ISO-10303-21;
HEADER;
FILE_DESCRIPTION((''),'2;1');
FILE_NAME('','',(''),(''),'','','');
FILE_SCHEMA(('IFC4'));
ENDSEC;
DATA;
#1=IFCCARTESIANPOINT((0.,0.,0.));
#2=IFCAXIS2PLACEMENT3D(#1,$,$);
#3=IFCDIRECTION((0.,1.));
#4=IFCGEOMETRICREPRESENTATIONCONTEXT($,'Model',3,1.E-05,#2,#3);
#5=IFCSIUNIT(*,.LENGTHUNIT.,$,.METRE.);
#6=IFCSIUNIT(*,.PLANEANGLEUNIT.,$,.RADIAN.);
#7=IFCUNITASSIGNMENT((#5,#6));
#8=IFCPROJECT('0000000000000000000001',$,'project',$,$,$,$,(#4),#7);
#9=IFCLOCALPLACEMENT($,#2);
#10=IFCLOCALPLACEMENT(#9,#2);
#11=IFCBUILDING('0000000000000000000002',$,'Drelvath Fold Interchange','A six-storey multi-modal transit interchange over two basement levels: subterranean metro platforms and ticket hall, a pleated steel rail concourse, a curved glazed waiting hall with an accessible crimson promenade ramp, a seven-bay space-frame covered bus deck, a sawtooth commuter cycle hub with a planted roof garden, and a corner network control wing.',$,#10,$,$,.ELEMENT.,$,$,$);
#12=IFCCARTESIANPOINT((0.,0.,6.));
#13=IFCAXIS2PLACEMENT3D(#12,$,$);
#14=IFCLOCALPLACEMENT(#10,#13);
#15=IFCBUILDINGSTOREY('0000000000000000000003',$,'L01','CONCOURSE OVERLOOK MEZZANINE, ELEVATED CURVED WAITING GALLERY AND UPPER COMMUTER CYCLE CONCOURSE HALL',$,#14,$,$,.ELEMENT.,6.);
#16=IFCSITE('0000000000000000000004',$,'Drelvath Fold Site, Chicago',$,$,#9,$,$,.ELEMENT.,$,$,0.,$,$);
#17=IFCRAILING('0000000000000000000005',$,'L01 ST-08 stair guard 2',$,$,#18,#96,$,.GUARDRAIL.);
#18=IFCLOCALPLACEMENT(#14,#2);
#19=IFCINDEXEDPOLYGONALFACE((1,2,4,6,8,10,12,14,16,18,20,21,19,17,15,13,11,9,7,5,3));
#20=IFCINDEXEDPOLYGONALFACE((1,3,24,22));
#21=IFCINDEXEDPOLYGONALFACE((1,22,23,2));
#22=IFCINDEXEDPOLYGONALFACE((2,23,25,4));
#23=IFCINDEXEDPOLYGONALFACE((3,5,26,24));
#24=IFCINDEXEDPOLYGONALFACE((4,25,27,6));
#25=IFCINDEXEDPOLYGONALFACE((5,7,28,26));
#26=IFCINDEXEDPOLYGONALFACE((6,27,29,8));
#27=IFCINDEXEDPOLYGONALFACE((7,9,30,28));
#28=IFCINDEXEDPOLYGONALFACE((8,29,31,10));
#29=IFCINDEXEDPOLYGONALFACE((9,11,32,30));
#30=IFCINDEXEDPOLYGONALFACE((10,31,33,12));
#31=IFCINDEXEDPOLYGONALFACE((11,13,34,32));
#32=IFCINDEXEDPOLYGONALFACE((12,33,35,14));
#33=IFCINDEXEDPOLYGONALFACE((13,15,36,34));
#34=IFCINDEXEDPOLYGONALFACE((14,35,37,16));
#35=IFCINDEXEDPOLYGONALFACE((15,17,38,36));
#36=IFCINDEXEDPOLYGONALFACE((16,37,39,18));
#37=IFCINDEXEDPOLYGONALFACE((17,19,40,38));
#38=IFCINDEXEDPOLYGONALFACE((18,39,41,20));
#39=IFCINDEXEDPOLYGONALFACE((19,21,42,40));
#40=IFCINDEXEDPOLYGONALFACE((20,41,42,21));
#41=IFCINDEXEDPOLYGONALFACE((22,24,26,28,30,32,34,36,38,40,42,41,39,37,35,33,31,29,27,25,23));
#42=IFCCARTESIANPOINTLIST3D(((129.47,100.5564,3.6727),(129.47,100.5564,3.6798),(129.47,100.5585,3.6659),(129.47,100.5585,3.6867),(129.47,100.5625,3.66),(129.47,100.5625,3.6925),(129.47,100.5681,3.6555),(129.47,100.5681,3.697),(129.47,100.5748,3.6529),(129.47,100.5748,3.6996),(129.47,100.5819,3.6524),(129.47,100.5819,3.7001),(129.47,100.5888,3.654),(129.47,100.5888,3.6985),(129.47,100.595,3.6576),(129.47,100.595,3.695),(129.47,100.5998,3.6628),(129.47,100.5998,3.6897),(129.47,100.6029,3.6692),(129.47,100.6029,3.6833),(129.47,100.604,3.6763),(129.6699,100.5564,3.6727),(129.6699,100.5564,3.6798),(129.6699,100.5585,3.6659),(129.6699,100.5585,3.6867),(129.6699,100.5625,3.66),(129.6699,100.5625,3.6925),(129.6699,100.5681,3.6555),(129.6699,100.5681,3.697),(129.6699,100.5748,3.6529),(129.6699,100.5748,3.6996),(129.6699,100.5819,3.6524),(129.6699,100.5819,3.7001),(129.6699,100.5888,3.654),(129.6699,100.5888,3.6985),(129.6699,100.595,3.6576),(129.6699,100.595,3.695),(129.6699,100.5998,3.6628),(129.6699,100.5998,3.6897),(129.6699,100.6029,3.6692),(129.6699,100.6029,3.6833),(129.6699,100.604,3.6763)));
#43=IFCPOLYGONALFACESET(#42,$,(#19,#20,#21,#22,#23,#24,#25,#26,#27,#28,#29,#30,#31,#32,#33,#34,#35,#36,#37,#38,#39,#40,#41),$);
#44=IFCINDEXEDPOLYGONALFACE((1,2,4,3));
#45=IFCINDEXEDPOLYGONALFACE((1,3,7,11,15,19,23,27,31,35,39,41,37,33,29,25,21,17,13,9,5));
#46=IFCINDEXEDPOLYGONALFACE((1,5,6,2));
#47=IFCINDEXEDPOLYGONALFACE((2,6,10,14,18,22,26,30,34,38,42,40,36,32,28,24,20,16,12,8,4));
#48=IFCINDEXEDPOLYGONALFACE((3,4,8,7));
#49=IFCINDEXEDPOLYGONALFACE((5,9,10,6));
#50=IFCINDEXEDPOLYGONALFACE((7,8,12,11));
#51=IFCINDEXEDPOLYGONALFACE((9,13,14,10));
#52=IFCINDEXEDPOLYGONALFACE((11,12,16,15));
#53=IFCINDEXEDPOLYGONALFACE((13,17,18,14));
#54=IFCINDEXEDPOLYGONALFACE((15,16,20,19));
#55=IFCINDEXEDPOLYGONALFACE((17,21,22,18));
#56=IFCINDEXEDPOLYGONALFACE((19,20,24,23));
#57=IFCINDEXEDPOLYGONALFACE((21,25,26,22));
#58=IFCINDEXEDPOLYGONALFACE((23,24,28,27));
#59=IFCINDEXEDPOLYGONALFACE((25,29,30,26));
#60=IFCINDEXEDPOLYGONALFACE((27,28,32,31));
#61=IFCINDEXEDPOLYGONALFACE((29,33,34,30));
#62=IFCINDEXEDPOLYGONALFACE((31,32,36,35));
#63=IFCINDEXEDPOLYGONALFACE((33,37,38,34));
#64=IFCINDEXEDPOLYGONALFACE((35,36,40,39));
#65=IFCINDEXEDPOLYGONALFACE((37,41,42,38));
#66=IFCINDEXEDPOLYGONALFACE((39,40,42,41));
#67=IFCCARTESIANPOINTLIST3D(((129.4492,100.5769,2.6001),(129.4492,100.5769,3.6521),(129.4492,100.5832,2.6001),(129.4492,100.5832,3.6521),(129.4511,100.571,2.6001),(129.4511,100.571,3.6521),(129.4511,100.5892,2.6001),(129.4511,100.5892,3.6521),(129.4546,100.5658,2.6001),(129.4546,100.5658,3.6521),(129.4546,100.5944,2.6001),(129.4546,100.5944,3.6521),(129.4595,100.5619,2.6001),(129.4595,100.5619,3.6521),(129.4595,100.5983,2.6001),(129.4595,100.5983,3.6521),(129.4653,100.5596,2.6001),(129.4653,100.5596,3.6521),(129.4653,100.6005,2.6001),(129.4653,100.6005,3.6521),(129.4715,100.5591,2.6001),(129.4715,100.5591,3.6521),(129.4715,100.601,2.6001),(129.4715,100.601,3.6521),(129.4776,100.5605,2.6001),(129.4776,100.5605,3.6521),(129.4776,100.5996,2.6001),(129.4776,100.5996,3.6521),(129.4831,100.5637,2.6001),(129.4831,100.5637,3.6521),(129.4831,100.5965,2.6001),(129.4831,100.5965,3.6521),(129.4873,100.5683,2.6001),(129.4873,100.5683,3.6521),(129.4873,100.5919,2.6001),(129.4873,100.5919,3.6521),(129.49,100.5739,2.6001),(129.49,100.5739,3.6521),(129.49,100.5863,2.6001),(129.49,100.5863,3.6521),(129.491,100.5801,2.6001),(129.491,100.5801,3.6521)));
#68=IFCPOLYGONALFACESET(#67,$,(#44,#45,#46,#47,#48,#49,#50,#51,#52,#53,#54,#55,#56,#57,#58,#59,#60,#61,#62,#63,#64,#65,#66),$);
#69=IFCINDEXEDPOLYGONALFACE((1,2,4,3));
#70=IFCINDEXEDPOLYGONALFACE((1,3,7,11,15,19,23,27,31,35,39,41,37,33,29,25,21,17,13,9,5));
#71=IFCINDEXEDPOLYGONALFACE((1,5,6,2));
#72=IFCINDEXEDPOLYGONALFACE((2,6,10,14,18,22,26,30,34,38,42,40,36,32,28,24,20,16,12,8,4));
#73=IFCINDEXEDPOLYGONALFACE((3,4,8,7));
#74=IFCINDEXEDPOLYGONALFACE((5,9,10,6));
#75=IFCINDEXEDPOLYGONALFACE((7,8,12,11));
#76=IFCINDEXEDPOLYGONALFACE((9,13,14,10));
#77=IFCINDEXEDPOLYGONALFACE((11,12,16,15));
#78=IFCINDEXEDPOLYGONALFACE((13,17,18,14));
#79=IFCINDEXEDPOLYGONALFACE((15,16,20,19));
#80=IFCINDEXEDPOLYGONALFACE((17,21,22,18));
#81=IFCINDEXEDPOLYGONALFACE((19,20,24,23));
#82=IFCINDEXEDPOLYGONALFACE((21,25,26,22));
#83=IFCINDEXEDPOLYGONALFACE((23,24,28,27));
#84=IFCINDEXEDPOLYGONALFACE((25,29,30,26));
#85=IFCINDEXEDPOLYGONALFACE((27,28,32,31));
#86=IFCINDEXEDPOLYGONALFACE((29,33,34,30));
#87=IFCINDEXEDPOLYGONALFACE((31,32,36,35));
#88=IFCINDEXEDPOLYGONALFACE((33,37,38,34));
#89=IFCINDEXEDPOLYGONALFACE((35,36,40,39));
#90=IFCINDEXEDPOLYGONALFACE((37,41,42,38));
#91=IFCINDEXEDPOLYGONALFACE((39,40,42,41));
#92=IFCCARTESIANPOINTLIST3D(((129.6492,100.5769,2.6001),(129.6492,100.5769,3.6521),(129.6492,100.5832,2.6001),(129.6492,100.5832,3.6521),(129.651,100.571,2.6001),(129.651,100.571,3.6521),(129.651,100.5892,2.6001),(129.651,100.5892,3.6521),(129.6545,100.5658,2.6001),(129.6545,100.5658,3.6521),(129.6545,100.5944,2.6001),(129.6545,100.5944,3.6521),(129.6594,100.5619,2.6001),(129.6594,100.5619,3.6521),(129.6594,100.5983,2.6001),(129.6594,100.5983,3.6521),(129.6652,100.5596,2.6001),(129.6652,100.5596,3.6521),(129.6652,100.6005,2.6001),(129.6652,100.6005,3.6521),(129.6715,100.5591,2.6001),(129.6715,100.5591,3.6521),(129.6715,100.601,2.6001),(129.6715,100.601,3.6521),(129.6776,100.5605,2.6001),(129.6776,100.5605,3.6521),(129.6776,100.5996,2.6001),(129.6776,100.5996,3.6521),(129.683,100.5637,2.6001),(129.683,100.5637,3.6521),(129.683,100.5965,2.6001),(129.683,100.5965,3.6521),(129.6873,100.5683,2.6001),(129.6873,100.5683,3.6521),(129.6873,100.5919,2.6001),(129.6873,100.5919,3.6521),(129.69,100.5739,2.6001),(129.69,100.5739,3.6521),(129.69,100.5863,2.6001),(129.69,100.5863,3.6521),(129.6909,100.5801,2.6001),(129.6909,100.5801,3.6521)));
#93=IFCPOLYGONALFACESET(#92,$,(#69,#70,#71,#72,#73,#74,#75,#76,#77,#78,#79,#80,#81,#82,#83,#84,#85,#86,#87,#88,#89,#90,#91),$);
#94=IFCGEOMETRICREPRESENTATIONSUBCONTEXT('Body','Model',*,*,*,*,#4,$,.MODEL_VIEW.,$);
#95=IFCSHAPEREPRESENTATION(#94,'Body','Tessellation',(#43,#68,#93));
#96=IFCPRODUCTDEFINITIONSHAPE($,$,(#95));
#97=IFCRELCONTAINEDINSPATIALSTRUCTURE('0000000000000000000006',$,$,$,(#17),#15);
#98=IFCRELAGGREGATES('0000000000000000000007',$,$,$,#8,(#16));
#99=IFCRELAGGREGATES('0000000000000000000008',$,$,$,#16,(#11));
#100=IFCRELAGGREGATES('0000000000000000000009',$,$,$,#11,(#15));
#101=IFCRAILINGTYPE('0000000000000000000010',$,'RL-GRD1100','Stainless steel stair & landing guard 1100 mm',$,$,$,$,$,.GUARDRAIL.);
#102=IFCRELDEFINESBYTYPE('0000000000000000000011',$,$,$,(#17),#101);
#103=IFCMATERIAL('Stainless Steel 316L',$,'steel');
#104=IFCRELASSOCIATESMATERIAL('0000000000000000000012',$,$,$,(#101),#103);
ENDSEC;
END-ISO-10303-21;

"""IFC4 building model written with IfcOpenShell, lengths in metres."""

from ifc_helpers import new_model, si_unit, direction, frame, origin, origin_2d, place, context, subcontext, project, spatial, circle, extrude, material, type_object, element, save


model = new_model("IFC4")

# Units and contexts
model_context = context("Model", 3, precision=1e-05, world=origin(), true_north=direction((0.0, 1.0)))
body_context = subcontext(model_context, "Body", "Model", "MODEL_VIEW")
ifc_project = project(units=[si_unit("LENGTHUNIT", "METRE"), si_unit("PLANEANGLEUNIT", "RADIAN")], contexts=[model_context])

# Site, building, storey
site_placement = place(None, origin())
site = spatial("IfcSite", under=ifc_project, at=site_placement, Name="Drelvath Fold Site, Chicago", CompositionType="ELEMENT", RefElevation=0.0)
building_placement = place(site_placement, origin())
building = spatial("IfcBuilding", under=site, at=building_placement, Name="Drelvath Fold Interchange", Description="A six-storey multi-modal transit interchange over two basement levels: subterranean metro platforms and ticket hall, a pleated steel rail concourse, a curved glazed waiting hall with an accessible crimson promenade ramp, a seven-bay space-frame covered bus deck, a sawtooth commuter cycle hub with a planted roof garden, and a corner network control wing.", CompositionType="ELEMENT")
storey_placement = place(building_placement, frame((0.0, 0.0, 6.0)))
storey = spatial("IfcBuildingStorey", under=building, at=storey_placement, Name="L01", Description="CONCOURSE OVERLOOK MEZZANINE, ELEVATED CURVED WAITING GALLERY AND UPPER COMMUTER CYCLE CONCOURSE HALL", CompositionType="ELEMENT", Elevation=6.0)

# Railing
ifc_material_1 = material(Name="Stainless Steel 316L", Category="steel")
railing_type_1 = type_object("IfcRailingType", Name="RL-GRD1100", Description="Stainless steel stair & landing guard 1100 mm", PredefinedType="GUARDRAIL", material=ifc_material_1)
railing_1_placement = place(storey_placement, frame((129.47, 100.5801, 2.6001)))
element("IfcRailing", 1, at=railing_1_placement, inside=storey, type_object=railing_type_1, Name="L01 ST-08 stair guard 2", PredefinedType="GUARDRAIL", context=body_context, shape_type="SweptSolid", body=[
    extrude(circle(Radius=0.0239, at=origin_2d()), frame((0.0, 0.0, 1.0762), z_axis=(1.0, 0.0, 0.0), x_axis=(0.0, 1.0, 0.0)), (0.0, 0.0, 1.0), 0.2),
    extrude(circle(Radius=0.021, at=origin_2d()), origin(), (0.0, 0.0, 1.0), 1.052),
    extrude(circle(Radius=0.021, at=origin_2d()), frame((0.2, 0.0, 0.0)), (0.0, 0.0, 1.0), 1.052),
])

save(model, "model.ifc")
